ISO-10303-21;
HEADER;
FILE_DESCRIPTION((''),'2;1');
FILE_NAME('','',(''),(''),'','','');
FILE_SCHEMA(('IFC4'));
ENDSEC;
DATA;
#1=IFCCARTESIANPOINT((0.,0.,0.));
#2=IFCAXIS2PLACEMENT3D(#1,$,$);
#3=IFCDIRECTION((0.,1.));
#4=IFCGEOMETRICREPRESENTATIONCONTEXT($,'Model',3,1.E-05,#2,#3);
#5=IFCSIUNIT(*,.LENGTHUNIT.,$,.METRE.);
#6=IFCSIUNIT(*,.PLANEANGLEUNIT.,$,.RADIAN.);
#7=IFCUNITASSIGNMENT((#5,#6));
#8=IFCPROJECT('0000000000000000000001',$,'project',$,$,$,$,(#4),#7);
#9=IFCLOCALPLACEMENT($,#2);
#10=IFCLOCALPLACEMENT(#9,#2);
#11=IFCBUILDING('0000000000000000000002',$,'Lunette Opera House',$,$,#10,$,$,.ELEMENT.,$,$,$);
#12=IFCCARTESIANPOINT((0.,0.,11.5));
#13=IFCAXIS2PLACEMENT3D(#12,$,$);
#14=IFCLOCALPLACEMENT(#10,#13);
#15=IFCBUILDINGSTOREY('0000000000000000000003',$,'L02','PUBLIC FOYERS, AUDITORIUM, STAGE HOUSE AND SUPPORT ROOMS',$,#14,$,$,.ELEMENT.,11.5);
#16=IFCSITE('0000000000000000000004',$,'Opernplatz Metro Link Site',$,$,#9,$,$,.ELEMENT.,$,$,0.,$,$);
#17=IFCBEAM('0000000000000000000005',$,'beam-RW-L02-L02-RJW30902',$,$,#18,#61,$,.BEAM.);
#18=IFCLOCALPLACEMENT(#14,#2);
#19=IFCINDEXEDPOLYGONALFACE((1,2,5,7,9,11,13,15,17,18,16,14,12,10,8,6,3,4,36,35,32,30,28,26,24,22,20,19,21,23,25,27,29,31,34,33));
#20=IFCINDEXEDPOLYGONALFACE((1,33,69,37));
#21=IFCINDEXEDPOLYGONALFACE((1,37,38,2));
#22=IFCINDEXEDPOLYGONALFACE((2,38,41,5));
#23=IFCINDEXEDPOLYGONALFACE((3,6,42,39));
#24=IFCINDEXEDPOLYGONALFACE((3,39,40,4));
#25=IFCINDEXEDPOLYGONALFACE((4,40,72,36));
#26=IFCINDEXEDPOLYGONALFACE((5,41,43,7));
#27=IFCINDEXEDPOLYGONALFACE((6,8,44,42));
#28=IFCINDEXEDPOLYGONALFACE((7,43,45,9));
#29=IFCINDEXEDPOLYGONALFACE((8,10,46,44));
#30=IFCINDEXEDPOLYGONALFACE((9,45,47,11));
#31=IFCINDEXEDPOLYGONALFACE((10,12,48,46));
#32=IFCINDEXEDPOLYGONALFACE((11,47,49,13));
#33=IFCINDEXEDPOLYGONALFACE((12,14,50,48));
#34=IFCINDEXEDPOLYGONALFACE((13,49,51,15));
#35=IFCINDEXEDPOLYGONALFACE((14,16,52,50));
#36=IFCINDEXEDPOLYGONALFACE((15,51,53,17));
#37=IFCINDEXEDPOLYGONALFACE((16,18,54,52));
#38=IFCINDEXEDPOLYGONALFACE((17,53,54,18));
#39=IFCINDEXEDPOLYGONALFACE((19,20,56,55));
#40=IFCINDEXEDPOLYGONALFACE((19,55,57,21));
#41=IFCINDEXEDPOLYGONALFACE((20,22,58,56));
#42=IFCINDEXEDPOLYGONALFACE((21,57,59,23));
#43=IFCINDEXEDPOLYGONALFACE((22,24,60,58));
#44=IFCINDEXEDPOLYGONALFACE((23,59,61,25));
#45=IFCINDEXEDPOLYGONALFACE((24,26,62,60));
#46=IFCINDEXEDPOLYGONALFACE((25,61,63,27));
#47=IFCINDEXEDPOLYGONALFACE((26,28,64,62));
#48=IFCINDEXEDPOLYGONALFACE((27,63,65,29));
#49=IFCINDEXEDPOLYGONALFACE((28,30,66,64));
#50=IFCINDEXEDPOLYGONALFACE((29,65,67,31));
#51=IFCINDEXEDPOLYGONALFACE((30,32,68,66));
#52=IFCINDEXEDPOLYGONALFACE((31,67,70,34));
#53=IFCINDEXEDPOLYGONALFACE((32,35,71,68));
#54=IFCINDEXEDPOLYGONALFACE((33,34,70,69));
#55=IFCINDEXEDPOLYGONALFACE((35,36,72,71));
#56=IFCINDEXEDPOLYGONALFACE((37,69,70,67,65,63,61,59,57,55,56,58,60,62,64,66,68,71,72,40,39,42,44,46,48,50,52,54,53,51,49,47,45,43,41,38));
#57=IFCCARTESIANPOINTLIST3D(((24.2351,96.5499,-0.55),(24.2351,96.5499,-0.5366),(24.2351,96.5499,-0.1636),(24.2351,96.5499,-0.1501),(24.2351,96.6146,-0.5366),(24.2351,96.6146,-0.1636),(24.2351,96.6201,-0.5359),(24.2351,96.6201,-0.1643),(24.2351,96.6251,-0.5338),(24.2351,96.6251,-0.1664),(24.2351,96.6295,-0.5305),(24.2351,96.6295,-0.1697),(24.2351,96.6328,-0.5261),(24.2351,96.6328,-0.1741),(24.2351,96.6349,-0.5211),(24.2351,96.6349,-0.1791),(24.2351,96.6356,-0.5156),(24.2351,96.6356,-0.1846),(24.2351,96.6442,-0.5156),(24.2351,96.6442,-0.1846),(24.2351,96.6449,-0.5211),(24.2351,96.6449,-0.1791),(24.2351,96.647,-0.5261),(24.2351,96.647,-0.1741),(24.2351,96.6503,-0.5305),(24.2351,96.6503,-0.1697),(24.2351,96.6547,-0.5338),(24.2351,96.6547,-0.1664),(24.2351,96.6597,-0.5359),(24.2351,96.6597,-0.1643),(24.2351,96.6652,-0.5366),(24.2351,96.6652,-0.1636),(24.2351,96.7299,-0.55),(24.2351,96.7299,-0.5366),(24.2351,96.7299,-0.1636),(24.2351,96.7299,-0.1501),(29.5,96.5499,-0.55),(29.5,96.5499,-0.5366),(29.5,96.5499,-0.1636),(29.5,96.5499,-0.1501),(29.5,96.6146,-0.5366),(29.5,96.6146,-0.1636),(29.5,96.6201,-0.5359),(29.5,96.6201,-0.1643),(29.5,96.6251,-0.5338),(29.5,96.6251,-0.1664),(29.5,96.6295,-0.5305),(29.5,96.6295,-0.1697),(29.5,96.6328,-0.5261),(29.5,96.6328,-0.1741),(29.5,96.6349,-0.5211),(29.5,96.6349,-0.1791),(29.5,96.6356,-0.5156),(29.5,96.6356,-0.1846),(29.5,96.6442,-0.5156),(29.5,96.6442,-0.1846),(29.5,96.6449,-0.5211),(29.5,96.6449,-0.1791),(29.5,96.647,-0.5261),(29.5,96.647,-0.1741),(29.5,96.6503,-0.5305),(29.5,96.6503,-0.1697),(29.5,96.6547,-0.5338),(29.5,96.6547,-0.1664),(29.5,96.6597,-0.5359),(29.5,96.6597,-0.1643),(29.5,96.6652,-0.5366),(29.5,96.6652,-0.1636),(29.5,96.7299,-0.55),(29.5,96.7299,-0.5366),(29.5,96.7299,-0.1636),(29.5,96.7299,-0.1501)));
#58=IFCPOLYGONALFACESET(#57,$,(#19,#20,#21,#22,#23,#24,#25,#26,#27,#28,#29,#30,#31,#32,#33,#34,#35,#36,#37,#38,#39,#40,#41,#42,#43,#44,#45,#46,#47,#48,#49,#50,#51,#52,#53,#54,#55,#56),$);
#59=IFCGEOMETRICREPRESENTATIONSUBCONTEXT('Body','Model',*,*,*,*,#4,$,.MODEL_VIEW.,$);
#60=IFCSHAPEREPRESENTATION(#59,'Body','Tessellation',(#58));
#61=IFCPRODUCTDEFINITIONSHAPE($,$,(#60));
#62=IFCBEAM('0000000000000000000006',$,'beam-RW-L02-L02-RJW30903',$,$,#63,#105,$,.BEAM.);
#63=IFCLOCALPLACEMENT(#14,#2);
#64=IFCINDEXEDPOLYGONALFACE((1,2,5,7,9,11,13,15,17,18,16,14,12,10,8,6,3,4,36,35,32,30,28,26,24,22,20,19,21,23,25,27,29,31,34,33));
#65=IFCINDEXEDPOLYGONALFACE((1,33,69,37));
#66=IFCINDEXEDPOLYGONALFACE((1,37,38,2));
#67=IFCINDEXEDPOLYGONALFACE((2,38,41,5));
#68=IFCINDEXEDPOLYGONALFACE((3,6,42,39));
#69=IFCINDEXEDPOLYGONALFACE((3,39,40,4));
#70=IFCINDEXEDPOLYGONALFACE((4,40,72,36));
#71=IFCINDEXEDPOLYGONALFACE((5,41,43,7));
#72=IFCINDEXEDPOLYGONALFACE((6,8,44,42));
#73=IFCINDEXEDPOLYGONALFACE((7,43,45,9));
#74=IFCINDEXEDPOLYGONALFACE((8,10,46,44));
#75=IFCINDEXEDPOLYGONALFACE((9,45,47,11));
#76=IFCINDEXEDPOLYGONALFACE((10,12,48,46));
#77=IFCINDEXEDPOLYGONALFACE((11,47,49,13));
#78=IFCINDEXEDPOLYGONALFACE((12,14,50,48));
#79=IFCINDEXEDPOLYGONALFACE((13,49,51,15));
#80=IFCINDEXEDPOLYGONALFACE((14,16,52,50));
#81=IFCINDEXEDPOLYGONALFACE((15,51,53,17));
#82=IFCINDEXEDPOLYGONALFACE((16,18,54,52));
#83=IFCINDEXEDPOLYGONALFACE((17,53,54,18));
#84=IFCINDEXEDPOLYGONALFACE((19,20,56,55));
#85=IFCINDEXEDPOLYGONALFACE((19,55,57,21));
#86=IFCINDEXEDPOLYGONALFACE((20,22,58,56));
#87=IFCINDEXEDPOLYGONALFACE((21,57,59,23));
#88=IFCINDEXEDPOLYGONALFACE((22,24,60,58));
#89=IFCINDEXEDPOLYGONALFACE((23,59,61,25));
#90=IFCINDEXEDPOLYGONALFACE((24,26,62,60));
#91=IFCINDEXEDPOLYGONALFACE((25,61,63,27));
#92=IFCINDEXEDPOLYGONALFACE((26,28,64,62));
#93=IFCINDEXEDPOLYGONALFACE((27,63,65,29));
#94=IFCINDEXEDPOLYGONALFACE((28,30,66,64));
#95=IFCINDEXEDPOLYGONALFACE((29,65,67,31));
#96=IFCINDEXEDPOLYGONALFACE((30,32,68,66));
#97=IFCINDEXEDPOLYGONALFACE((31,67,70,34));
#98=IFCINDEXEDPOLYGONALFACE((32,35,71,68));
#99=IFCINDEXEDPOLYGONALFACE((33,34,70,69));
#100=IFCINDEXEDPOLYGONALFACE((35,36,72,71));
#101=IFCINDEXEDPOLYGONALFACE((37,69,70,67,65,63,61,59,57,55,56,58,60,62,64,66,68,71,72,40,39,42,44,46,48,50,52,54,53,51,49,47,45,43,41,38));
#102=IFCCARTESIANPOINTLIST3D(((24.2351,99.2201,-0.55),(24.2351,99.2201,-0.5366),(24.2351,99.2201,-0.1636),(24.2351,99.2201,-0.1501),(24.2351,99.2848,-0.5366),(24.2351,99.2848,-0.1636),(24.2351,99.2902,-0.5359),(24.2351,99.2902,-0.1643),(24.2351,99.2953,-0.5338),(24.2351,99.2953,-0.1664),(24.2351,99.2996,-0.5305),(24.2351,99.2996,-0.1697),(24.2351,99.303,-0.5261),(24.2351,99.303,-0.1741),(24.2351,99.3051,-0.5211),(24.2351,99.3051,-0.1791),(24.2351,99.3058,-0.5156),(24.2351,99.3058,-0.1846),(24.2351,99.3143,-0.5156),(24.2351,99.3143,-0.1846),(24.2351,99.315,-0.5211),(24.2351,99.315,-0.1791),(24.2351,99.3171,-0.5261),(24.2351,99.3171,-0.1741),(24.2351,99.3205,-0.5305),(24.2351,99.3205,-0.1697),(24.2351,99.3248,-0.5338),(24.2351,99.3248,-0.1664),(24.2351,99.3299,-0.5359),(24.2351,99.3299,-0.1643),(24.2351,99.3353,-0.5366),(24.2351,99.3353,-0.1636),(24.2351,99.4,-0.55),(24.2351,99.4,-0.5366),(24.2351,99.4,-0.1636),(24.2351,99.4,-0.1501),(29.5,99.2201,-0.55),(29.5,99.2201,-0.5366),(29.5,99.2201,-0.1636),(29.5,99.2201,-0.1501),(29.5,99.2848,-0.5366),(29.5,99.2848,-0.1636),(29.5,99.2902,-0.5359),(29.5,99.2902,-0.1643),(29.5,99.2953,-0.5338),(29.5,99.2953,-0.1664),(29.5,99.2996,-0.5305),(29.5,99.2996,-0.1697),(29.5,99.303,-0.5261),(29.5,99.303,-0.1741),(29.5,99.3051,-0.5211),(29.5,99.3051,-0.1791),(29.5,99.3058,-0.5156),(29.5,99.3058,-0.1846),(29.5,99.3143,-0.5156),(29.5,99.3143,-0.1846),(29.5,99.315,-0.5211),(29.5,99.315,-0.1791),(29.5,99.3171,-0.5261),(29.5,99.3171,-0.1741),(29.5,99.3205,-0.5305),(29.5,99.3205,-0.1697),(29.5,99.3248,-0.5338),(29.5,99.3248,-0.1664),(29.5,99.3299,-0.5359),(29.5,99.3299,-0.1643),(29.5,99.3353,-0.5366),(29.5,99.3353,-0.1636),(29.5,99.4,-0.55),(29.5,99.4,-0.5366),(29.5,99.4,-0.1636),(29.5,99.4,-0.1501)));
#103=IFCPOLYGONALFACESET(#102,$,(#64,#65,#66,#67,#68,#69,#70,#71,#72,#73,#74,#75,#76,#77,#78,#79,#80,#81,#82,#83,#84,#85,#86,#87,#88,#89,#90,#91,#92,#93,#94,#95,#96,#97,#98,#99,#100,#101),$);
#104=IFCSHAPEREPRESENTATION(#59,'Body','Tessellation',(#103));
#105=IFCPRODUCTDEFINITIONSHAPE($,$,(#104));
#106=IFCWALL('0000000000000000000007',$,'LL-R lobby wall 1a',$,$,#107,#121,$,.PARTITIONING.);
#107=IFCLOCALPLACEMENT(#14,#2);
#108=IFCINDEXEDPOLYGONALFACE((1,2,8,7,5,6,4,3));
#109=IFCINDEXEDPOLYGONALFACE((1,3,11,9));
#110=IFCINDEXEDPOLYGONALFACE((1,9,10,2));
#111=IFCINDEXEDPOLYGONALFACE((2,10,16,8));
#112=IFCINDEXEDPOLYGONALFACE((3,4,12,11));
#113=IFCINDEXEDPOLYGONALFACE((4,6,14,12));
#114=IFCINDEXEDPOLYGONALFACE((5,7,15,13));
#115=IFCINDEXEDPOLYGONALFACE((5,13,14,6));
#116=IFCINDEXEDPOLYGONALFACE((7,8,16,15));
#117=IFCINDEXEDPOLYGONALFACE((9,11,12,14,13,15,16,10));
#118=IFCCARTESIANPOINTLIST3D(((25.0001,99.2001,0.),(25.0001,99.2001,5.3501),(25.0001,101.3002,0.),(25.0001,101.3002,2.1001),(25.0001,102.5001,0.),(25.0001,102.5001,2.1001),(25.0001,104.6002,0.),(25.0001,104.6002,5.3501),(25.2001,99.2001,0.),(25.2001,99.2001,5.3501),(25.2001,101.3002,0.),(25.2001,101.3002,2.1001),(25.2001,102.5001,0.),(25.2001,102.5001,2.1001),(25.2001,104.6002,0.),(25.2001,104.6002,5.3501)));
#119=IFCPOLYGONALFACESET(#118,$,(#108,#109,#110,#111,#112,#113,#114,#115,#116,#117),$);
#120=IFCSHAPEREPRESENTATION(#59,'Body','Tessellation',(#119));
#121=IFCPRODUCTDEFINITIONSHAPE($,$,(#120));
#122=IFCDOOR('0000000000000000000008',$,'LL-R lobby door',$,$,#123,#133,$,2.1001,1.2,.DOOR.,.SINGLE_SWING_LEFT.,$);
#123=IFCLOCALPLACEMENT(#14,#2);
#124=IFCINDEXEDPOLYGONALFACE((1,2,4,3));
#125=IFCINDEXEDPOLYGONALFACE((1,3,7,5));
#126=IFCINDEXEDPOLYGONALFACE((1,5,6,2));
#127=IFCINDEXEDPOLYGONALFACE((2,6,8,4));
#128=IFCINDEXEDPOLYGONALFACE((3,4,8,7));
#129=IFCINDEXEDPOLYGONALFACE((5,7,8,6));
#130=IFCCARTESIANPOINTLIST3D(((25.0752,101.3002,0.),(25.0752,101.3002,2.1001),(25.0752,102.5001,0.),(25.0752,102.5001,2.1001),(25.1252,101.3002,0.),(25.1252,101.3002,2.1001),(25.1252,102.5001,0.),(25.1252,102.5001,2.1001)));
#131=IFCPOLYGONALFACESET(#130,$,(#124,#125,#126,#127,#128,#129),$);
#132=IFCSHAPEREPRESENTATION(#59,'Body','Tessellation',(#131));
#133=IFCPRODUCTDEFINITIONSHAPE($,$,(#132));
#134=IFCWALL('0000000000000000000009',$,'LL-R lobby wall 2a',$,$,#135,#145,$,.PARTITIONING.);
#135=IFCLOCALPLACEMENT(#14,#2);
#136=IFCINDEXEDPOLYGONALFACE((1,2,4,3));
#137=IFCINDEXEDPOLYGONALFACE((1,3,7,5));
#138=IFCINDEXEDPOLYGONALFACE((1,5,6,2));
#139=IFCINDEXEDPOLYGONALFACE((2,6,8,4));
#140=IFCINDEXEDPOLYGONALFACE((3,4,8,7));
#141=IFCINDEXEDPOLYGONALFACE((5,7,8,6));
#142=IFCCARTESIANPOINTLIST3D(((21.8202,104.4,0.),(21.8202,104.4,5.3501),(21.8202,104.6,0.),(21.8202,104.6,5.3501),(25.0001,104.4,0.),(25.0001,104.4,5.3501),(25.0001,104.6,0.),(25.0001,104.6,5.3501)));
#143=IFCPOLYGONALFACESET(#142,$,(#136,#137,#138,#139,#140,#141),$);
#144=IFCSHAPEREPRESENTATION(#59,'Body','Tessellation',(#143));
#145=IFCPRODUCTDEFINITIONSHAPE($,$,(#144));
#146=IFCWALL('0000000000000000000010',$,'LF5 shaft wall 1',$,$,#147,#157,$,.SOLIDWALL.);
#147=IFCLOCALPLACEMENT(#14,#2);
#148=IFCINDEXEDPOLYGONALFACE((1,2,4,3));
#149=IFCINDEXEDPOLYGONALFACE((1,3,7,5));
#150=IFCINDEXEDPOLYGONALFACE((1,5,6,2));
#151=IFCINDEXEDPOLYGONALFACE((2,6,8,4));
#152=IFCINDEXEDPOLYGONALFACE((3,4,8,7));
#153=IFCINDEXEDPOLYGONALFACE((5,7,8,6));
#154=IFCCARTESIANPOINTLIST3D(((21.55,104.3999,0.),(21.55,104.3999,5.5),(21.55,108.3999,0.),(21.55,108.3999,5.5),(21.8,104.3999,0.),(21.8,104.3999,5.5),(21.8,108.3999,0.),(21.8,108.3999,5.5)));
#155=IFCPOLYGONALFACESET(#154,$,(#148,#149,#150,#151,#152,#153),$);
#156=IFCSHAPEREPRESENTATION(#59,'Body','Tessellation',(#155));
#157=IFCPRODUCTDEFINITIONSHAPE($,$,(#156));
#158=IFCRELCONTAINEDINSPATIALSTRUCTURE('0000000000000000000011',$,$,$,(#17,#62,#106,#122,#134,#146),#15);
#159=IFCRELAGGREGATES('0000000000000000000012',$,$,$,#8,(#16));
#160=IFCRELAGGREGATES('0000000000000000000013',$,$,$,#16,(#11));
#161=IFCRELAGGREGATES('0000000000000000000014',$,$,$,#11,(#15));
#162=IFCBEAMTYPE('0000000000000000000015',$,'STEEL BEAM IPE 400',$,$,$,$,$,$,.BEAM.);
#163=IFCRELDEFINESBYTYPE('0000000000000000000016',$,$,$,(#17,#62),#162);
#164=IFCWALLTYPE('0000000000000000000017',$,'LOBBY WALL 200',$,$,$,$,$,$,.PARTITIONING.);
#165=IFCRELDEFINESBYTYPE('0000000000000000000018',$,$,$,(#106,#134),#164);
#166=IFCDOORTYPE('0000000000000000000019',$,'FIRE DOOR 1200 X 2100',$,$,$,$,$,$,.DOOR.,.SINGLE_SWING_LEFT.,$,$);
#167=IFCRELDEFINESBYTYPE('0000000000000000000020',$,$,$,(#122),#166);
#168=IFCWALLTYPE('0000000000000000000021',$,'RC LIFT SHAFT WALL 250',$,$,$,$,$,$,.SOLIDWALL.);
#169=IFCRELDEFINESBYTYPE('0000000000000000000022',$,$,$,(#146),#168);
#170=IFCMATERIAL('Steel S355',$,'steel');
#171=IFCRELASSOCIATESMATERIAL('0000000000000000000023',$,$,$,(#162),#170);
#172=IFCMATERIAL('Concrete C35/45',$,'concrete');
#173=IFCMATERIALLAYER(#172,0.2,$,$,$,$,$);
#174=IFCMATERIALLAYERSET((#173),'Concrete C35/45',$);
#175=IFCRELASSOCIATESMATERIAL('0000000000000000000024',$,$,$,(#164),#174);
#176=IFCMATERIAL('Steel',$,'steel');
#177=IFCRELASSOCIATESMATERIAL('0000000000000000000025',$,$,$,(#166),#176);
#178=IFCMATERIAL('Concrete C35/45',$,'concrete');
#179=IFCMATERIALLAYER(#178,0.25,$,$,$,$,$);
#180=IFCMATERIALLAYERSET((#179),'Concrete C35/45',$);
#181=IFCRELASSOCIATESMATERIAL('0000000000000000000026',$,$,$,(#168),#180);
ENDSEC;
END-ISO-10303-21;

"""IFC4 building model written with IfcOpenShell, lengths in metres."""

from ifc_helpers import new_model, si_unit, direction, frame, frame_2d, origin, origin_2d, place, context, subcontext, project, spatial, rectangle, i_section, extrude, material, layer, layer_set, material_profile, profile_set, type_object, element, fill, save


model = new_model("IFC4")

# Units and contexts
model_context = context("Model", 3, precision=1e-05, world=origin(), true_north=direction((0.0, 1.0)))
body_context = subcontext(model_context, "Body", "Model", "MODEL_VIEW")
ifc_project = project(units=[si_unit("LENGTHUNIT", "METRE"), si_unit("PLANEANGLEUNIT", "RADIAN")], contexts=[model_context])

# Site, building, storey
site_placement = place(None, origin())
site = spatial("IfcSite", under=ifc_project, at=site_placement, Name="Opernplatz Metro Link Site", CompositionType="ELEMENT", RefElevation=0.0)
building_placement = place(site_placement, origin())
building = spatial("IfcBuilding", under=site, at=building_placement, Name="Lunette Opera House", CompositionType="ELEMENT")
storey_placement = place(building_placement, frame((0.0, 0.0, 11.5)))
storey = spatial("IfcBuildingStorey", under=building, at=storey_placement, Name="L02", Description="PUBLIC FOYERS, AUDITORIUM, STAGE HOUSE AND SUPPORT ROOMS", CompositionType="ELEMENT", Elevation=11.5)

# Beams
ifc_material_1 = material(Name="Steel S355", Category="steel")
ifc_material_profile_1 = material_profile(ifc_material_1, i_section(OverallWidth=0.1799, OverallDepth=0.3999, WebThickness=0.0085, FlangeThickness=0.0134, FilletRadius=0.021, at=origin_2d()), Name="IPE 400")
ifc_profile_set_1 = profile_set([ifc_material_profile_1], Name="Steel S355")
beam_type_1 = type_object("IfcBeamType", Name="STEEL BEAM IPE 400", PredefinedType="BEAM", material=ifc_profile_set_1)
for number, where, z_axis, x_axis, name in (
    (1, (29.5, 96.6399, -0.3501), (-1.0, 0.0, 0.0), (0.0, -1.0, 0.0), "beam-RW-L02-L02-RJW30902"),
    (2, (29.5, 99.3101, -0.3501), (-1.0, 0.0, 0.0), (0.0, -1.0, 0.0), "beam-RW-L02-L02-RJW30903"),
):
    element("IfcBeam", number, at=place(storey_placement, frame(where, z_axis=z_axis, x_axis=x_axis)), inside=storey, type_object=beam_type_1, Name=name, PredefinedType="BEAM", context=body_context, shape_type="SweptSolid", body=[
        extrude(i_section(OverallWidth=0.1799, OverallDepth=0.3999, WebThickness=0.0085, FlangeThickness=0.0134, FilletRadius=0.021, at=origin_2d()), origin(), (0.0, 0.0, 1.0), 5.2649),
    ])

# Wall, opening, door
ifc_material_2 = material(Name="Concrete C35/45", Category="concrete")
ifc_layer_1 = layer(ifc_material_2, 0.2)
ifc_layer_set_1 = layer_set([ifc_layer_1], Name="Concrete C35/45")
wall_type_1 = type_object("IfcWallType", Name="LOBBY WALL 200", PredefinedType="PARTITIONING", material=ifc_layer_set_1)
wall_1_placement = place(storey_placement, frame((25.1001, 99.2, 0.0), z_axis=(0.0, 0.0, 1.0), x_axis=(0.0, 1.0, 0.0)))
wall_1 = element("IfcWall", 3, at=wall_1_placement, inside=storey, type_object=wall_type_1, Name="LL-R lobby wall 1a", PredefinedType="PARTITIONING", context=body_context, shape_type="SweptSolid", body=[
    extrude(rectangle(XDim=5.4001, YDim=0.2, at=frame_2d((2.7002, 0.0))), origin(), (0.0, 0.0, 1.0), 5.3501),
])
opening_1_placement = place(wall_1_placement, frame((2.1001, 0.0, 0.0)))
opening_1 = element("IfcOpeningElement", 4, at=opening_1_placement, cuts=wall_1, PredefinedType="OPENING", context=body_context, shape_type="SweptSolid", body=[
    extrude(rectangle(XDim=1.2, YDim=2.1001, at=frame_2d((0.6001, 1.05))), frame((0.0, 0.1121, 0.0), z_axis=(0.0, -1.0, 0.0), x_axis=(1.0, 0.0, 0.0)), (0.0, 0.0, 1.0), 0.2239),
])
ifc_material_3 = material(Name="Steel", Category="steel")
door_type = type_object("IfcDoorType", Name="FIRE DOOR 1200 X 2100", OperationType="SINGLE_SWING_LEFT", PredefinedType="DOOR", material=ifc_material_3)
door_placement = place(opening_1_placement, origin())
door = element("IfcDoor", 5, at=door_placement, inside=storey, type_object=door_type, Name="LL-R lobby door", OperationType="SINGLE_SWING_LEFT", OverallHeight=2.1001, OverallWidth=1.2, PredefinedType="DOOR", context=body_context, shape_type="SweptSolid", body=[
    extrude(rectangle(XDim=1.2, YDim=2.1001, at=frame_2d((0.6001, 1.05))), frame((0.0, 0.0249, 0.0), z_axis=(0.0, -1.0, 0.0), x_axis=(1.0, 0.0, 0.0)), (0.0, 0.0, 1.0), 0.05),
])
fill(opening_1, door)

# Walls
wall_2_placement = place(storey_placement, frame((25.0, 104.5, 0.0), z_axis=(0.0, 0.0, 1.0), x_axis=(-1.0, 0.0, 0.0)))
element("IfcWall", 6, at=wall_2_placement, inside=storey, type_object=wall_type_1, Name="LL-R lobby wall 2a", PredefinedType="PARTITIONING", context=body_context, shape_type="SweptSolid", body=[
    extrude(rectangle(XDim=3.1799, YDim=0.2, at=frame_2d((1.5898, 0.0))), origin(), (0.0, 0.0, 1.0), 5.3501),
])
ifc_material_4 = material(Name="Concrete C35/45", Category="concrete")
ifc_layer_2 = layer(ifc_material_4, 0.25)
ifc_layer_set_2 = layer_set([ifc_layer_2], Name="Concrete C35/45")
wall_type_2 = type_object("IfcWallType", Name="RC LIFT SHAFT WALL 250", PredefinedType="SOLIDWALL", material=ifc_layer_set_2)
wall_3_placement = place(storey_placement, frame((21.675, 104.3999, 0.0), z_axis=(0.0, 0.0, 1.0), x_axis=(0.0, 1.0, 0.0)))
element("IfcWall", 7, at=wall_3_placement, inside=storey, type_object=wall_type_2, Name="LF5 shaft wall 1", PredefinedType="SOLIDWALL", context=body_context, shape_type="SweptSolid", body=[
    extrude(rectangle(XDim=4.0, YDim=0.25, at=frame_2d((2.0, 0.0))), origin(), (0.0, 0.0, 1.0), 5.5),
])

save(model, "model.ifc")
